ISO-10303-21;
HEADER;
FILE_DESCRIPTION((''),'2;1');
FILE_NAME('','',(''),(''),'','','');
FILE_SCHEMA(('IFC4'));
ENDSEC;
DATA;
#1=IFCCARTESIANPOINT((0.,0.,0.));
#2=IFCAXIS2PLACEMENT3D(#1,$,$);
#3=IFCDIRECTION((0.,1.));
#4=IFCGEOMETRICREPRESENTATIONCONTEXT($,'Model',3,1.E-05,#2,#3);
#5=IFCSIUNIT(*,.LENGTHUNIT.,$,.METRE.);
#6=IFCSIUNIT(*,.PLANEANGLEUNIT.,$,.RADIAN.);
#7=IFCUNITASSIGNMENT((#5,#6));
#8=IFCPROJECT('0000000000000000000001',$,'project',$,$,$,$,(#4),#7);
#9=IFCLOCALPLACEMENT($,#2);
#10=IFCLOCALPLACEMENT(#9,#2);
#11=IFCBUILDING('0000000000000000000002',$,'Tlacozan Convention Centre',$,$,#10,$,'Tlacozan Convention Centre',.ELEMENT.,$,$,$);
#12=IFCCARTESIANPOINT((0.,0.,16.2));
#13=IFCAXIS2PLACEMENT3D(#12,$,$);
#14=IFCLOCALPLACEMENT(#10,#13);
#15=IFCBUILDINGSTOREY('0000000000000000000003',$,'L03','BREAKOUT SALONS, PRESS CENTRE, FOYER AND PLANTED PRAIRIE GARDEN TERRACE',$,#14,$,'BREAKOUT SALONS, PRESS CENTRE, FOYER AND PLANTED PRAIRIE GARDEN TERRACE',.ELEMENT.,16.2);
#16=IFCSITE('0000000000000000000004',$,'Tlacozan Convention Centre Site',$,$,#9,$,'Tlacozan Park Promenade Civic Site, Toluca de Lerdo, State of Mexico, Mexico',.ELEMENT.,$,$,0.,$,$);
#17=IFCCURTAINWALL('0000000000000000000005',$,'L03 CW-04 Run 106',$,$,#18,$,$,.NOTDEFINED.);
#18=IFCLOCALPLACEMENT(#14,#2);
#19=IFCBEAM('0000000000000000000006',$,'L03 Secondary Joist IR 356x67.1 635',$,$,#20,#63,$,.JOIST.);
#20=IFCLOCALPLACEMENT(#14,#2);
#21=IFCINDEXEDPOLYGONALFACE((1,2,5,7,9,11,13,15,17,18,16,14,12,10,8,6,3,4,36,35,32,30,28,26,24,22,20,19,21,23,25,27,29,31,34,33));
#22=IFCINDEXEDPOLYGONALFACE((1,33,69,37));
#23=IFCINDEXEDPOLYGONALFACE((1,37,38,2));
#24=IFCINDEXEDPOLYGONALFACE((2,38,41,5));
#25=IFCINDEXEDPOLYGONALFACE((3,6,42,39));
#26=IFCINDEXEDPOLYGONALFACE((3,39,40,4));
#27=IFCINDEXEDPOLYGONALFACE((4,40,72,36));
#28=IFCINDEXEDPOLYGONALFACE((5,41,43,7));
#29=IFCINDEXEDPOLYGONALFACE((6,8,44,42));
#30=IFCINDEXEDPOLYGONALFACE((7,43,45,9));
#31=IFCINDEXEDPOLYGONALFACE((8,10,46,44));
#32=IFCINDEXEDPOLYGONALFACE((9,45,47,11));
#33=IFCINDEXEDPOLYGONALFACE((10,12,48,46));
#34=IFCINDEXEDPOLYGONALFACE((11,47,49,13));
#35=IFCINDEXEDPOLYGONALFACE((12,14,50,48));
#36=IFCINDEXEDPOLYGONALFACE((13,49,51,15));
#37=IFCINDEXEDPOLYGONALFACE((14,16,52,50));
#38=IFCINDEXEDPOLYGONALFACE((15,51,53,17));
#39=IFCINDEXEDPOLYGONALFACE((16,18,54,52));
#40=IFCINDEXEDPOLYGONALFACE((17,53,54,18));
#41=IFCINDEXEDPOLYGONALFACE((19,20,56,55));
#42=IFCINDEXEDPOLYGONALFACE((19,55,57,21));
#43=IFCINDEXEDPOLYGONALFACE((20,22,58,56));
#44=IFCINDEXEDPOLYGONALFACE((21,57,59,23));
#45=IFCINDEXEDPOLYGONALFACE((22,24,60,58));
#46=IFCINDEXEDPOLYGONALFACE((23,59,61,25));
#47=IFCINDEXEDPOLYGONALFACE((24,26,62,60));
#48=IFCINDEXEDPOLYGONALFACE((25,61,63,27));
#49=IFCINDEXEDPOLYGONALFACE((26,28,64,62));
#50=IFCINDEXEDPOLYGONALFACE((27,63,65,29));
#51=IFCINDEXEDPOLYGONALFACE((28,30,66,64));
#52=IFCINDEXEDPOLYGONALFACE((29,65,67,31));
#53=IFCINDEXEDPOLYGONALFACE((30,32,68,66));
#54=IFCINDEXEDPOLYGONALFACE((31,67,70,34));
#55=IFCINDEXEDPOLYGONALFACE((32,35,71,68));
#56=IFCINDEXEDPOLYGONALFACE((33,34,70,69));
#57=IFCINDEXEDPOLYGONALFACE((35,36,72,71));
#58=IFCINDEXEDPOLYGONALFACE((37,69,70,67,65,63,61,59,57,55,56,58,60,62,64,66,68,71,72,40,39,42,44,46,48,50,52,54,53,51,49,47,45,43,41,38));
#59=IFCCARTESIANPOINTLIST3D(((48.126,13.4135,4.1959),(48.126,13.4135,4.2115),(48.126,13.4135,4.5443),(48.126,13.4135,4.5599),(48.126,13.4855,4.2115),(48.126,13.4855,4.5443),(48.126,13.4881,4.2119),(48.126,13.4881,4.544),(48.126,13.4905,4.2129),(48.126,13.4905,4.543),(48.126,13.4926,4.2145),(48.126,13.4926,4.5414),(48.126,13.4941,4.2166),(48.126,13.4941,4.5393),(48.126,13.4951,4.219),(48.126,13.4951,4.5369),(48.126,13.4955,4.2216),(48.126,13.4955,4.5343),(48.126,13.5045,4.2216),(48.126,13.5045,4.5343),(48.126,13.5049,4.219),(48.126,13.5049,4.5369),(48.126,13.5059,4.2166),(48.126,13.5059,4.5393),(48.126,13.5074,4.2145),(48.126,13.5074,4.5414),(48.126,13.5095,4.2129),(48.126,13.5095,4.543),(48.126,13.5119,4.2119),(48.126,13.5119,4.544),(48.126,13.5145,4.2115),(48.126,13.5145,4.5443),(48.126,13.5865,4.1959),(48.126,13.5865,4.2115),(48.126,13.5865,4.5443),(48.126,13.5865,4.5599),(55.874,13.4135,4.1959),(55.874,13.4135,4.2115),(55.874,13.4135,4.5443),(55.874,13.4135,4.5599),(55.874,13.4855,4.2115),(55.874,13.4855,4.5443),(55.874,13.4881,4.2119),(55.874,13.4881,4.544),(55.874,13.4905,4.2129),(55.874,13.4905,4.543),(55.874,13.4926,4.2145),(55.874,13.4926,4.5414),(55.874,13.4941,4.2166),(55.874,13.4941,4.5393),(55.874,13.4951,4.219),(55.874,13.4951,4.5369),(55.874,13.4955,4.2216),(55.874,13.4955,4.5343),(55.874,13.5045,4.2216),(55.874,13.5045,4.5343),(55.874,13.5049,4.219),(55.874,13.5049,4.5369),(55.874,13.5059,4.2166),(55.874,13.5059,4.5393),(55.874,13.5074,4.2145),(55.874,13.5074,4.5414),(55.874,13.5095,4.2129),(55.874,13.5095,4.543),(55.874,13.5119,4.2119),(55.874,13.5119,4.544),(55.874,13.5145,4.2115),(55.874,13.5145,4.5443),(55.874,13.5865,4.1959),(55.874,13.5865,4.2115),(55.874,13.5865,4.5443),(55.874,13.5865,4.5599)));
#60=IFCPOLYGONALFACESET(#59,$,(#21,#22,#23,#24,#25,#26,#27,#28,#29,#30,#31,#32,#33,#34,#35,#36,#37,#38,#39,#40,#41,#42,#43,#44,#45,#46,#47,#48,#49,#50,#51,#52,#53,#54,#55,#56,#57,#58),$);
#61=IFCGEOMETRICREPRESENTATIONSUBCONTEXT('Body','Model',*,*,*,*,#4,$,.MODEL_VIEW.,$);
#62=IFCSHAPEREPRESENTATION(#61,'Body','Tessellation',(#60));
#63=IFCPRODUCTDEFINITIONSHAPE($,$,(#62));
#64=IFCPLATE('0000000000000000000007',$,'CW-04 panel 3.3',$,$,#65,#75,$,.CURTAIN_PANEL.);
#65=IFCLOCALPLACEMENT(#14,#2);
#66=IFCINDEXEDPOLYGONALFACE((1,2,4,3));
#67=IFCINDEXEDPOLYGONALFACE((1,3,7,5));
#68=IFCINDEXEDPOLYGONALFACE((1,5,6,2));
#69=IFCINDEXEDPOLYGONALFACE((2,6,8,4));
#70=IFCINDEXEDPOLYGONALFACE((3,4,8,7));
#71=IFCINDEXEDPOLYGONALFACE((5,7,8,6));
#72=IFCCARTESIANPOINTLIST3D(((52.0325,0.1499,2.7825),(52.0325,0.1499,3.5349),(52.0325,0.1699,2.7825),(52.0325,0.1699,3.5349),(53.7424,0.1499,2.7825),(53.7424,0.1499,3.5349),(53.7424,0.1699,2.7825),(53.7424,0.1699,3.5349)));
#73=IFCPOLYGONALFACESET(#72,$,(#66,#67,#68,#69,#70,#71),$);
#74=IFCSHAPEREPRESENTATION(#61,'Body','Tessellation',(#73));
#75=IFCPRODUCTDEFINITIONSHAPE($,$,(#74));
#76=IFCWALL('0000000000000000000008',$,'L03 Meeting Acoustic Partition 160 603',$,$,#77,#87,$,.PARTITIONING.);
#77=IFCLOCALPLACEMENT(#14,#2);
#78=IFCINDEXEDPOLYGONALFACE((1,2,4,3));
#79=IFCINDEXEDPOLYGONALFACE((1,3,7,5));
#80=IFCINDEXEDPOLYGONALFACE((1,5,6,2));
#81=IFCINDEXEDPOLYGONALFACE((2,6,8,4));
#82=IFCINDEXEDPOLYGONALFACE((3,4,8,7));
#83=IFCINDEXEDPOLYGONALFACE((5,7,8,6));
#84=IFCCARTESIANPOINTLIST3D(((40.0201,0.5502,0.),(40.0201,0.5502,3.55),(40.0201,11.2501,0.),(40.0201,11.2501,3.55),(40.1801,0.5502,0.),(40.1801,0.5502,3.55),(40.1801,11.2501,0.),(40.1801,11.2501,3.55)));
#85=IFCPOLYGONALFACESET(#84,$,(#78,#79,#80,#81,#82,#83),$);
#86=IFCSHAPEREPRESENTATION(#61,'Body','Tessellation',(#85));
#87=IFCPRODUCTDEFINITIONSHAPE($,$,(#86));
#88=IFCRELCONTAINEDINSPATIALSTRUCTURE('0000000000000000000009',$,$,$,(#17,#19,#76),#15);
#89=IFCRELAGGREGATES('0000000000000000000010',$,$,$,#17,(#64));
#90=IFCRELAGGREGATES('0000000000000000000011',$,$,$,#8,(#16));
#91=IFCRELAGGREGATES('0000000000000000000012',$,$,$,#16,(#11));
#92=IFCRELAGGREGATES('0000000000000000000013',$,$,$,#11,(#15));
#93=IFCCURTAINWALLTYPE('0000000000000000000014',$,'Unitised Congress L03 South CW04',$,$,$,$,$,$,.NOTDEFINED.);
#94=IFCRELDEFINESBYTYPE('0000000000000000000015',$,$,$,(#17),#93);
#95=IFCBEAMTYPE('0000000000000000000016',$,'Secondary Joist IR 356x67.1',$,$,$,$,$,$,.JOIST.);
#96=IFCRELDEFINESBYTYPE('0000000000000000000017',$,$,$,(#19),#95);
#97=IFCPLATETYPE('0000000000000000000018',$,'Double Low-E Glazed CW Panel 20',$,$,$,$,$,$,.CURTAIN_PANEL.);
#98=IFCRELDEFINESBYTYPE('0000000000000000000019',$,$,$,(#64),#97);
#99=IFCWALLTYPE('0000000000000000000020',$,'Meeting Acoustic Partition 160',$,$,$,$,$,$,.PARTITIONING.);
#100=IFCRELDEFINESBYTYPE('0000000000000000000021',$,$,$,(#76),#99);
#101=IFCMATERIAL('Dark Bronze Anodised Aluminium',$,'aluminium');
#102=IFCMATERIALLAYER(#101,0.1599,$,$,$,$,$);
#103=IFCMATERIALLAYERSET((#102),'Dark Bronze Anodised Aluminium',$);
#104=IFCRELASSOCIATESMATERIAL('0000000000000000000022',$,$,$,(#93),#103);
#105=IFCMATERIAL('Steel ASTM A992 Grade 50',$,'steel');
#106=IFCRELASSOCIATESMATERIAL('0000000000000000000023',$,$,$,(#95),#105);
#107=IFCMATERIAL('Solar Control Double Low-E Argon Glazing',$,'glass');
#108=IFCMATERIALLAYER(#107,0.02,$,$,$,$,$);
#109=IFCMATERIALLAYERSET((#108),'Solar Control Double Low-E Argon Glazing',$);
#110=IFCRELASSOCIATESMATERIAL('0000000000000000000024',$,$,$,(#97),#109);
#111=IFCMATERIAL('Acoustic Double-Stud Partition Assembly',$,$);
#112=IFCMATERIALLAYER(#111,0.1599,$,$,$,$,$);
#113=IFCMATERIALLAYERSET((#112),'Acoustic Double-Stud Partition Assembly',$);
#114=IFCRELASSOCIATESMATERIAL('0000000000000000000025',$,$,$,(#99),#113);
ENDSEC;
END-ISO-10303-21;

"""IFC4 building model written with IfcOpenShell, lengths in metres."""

from ifc_helpers import new_model, si_unit, direction, frame, frame_2d, origin, origin_2d, place, context, subcontext, project, spatial, rectangle, i_section, extrude, material, layer, layer_set, material_profile, profile_set, type_object, element, aggregate, save


model = new_model("IFC4")

# Units and contexts
model_context = context("Model", 3, precision=1e-05, world=origin(), true_north=direction((0.0, 1.0)))
body_context = subcontext(model_context, "Body", "Model", "MODEL_VIEW")
ifc_project = project(units=[si_unit("LENGTHUNIT", "METRE"), si_unit("PLANEANGLEUNIT", "RADIAN")], contexts=[model_context])

# Site, building, storey
site_placement = place(None, origin())
site = spatial("IfcSite", under=ifc_project, at=site_placement, Name="Tlacozan Convention Centre Site", LongName="Tlacozan Park Promenade Civic Site, Toluca de Lerdo, State of Mexico, Mexico", CompositionType="ELEMENT", RefElevation=0.0)
building_placement = place(site_placement, origin())
building = spatial("IfcBuilding", under=site, at=building_placement, Name="Tlacozan Convention Centre", LongName="Tlacozan Convention Centre", CompositionType="ELEMENT")
storey_placement = place(building_placement, frame((0.0, 0.0, 16.2)))
storey = spatial("IfcBuildingStorey", under=building, at=storey_placement, Name="L03", Description="BREAKOUT SALONS, PRESS CENTRE, FOYER AND PLANTED PRAIRIE GARDEN TERRACE", LongName="BREAKOUT SALONS, PRESS CENTRE, FOYER AND PLANTED PRAIRIE GARDEN TERRACE", CompositionType="ELEMENT", Elevation=16.2)

# Curtain wall
ifc_material_1 = material(Name="Dark Bronze Anodised Aluminium", Category="aluminium")
ifc_layer_1 = layer(ifc_material_1, 0.1599)
ifc_layer_set_1 = layer_set([ifc_layer_1], Name="Dark Bronze Anodised Aluminium")
curtain_wall_type = type_object("IfcCurtainWallType", Name="Unitised Congress L03 South CW04", PredefinedType="NOTDEFINED", material=ifc_layer_set_1)
curtain_wall_placement = place(storey_placement, origin())
curtain_wall = element("IfcCurtainWall", 1, at=curtain_wall_placement, inside=storey, type_object=curtain_wall_type, Name="L03 CW-04 Run 106", PredefinedType="NOTDEFINED")

# Beam
ifc_material_2 = material(Name="Steel ASTM A992 Grade 50", Category="steel")
ifc_material_profile_1 = material_profile(ifc_material_2, i_section(OverallWidth=0.1731, OverallDepth=0.364, WebThickness=0.009, FlangeThickness=0.0156, FilletRadius=0.01, at=origin_2d()), Name="IR 356x67.1")
ifc_profile_set_1 = profile_set([ifc_material_profile_1], Name="Steel ASTM A992 Grade 50")
beam_type_1 = type_object("IfcBeamType", Name="Secondary Joist IR 356x67.1", PredefinedType="JOIST", material=ifc_profile_set_1)
for number, where, z_axis, x_axis, name in (
    (2, (48.126, 13.5, 4.3779), (1.0, 0.0, 0.0), (0.0, 1.0, 0.0), "L03 Secondary Joist IR 356x67.1 635"),
):
    element("IfcBeam", number, at=place(storey_placement, frame(where, z_axis=z_axis, x_axis=x_axis)), inside=storey, type_object=beam_type_1, Name=name, PredefinedType="JOIST", context=body_context, shape_type="SweptSolid", body=[
        extrude(i_section(OverallWidth=0.1731, OverallDepth=0.364, WebThickness=0.009, FlangeThickness=0.0156, FilletRadius=0.01, at=origin_2d()), origin(), (0.0, 0.0, 1.0), 7.748),
    ])

# Plate
ifc_material_3 = material(Name="Solar Control Double Low-E Argon Glazing", Category="glass")
ifc_layer_2 = layer(ifc_material_3, 0.02)
ifc_layer_set_2 = layer_set([ifc_layer_2], Name="Solar Control Double Low-E Argon Glazing")
plate_type = type_object("IfcPlateType", Name="Double Low-E Glazed CW Panel 20", PredefinedType="CURTAIN_PANEL", material=ifc_layer_set_2)
plate_placement = place(storey_placement, frame((52.8875, 0.1599, 2.7825), z_axis=(0.0, 0.0, 1.0), x_axis=(1.0, 0.0, 0.0)))
plate = element("IfcPlate", 3, at=plate_placement, type_object=plate_type, Name="CW-04 panel 3.3", PredefinedType="CURTAIN_PANEL", context=body_context, shape_type="SweptSolid", body=[
    extrude(rectangle(XDim=1.71, YDim=0.02, at=origin_2d()), origin(), (0.0, 0.0, 1.0), 0.7524),
])
aggregate(curtain_wall, [plate])

# Wall
ifc_material_4 = material(Name="Acoustic Double-Stud Partition Assembly")
ifc_layer_3 = layer(ifc_material_4, 0.1599)
ifc_layer_set_3 = layer_set([ifc_layer_3], Name="Acoustic Double-Stud Partition Assembly")
wall_type = type_object("IfcWallType", Name="Meeting Acoustic Partition 160", PredefinedType="PARTITIONING", material=ifc_layer_set_3)
wall_placement = place(storey_placement, frame((40.1001, 0.55, 0.0), z_axis=(0.0, 0.0, 1.0), x_axis=(0.0, 1.0, 0.0)))
element("IfcWall", 4, at=wall_placement, inside=storey, type_object=wall_type, Name="L03 Meeting Acoustic Partition 160 603", PredefinedType="PARTITIONING", context=body_context, shape_type="SweptSolid", body=[
    extrude(rectangle(XDim=10.7, YDim=0.1599, at=frame_2d((5.3501, 0.0))), origin(), (0.0, 0.0, 1.0), 3.55),
])

save(model, "model.ifc")
